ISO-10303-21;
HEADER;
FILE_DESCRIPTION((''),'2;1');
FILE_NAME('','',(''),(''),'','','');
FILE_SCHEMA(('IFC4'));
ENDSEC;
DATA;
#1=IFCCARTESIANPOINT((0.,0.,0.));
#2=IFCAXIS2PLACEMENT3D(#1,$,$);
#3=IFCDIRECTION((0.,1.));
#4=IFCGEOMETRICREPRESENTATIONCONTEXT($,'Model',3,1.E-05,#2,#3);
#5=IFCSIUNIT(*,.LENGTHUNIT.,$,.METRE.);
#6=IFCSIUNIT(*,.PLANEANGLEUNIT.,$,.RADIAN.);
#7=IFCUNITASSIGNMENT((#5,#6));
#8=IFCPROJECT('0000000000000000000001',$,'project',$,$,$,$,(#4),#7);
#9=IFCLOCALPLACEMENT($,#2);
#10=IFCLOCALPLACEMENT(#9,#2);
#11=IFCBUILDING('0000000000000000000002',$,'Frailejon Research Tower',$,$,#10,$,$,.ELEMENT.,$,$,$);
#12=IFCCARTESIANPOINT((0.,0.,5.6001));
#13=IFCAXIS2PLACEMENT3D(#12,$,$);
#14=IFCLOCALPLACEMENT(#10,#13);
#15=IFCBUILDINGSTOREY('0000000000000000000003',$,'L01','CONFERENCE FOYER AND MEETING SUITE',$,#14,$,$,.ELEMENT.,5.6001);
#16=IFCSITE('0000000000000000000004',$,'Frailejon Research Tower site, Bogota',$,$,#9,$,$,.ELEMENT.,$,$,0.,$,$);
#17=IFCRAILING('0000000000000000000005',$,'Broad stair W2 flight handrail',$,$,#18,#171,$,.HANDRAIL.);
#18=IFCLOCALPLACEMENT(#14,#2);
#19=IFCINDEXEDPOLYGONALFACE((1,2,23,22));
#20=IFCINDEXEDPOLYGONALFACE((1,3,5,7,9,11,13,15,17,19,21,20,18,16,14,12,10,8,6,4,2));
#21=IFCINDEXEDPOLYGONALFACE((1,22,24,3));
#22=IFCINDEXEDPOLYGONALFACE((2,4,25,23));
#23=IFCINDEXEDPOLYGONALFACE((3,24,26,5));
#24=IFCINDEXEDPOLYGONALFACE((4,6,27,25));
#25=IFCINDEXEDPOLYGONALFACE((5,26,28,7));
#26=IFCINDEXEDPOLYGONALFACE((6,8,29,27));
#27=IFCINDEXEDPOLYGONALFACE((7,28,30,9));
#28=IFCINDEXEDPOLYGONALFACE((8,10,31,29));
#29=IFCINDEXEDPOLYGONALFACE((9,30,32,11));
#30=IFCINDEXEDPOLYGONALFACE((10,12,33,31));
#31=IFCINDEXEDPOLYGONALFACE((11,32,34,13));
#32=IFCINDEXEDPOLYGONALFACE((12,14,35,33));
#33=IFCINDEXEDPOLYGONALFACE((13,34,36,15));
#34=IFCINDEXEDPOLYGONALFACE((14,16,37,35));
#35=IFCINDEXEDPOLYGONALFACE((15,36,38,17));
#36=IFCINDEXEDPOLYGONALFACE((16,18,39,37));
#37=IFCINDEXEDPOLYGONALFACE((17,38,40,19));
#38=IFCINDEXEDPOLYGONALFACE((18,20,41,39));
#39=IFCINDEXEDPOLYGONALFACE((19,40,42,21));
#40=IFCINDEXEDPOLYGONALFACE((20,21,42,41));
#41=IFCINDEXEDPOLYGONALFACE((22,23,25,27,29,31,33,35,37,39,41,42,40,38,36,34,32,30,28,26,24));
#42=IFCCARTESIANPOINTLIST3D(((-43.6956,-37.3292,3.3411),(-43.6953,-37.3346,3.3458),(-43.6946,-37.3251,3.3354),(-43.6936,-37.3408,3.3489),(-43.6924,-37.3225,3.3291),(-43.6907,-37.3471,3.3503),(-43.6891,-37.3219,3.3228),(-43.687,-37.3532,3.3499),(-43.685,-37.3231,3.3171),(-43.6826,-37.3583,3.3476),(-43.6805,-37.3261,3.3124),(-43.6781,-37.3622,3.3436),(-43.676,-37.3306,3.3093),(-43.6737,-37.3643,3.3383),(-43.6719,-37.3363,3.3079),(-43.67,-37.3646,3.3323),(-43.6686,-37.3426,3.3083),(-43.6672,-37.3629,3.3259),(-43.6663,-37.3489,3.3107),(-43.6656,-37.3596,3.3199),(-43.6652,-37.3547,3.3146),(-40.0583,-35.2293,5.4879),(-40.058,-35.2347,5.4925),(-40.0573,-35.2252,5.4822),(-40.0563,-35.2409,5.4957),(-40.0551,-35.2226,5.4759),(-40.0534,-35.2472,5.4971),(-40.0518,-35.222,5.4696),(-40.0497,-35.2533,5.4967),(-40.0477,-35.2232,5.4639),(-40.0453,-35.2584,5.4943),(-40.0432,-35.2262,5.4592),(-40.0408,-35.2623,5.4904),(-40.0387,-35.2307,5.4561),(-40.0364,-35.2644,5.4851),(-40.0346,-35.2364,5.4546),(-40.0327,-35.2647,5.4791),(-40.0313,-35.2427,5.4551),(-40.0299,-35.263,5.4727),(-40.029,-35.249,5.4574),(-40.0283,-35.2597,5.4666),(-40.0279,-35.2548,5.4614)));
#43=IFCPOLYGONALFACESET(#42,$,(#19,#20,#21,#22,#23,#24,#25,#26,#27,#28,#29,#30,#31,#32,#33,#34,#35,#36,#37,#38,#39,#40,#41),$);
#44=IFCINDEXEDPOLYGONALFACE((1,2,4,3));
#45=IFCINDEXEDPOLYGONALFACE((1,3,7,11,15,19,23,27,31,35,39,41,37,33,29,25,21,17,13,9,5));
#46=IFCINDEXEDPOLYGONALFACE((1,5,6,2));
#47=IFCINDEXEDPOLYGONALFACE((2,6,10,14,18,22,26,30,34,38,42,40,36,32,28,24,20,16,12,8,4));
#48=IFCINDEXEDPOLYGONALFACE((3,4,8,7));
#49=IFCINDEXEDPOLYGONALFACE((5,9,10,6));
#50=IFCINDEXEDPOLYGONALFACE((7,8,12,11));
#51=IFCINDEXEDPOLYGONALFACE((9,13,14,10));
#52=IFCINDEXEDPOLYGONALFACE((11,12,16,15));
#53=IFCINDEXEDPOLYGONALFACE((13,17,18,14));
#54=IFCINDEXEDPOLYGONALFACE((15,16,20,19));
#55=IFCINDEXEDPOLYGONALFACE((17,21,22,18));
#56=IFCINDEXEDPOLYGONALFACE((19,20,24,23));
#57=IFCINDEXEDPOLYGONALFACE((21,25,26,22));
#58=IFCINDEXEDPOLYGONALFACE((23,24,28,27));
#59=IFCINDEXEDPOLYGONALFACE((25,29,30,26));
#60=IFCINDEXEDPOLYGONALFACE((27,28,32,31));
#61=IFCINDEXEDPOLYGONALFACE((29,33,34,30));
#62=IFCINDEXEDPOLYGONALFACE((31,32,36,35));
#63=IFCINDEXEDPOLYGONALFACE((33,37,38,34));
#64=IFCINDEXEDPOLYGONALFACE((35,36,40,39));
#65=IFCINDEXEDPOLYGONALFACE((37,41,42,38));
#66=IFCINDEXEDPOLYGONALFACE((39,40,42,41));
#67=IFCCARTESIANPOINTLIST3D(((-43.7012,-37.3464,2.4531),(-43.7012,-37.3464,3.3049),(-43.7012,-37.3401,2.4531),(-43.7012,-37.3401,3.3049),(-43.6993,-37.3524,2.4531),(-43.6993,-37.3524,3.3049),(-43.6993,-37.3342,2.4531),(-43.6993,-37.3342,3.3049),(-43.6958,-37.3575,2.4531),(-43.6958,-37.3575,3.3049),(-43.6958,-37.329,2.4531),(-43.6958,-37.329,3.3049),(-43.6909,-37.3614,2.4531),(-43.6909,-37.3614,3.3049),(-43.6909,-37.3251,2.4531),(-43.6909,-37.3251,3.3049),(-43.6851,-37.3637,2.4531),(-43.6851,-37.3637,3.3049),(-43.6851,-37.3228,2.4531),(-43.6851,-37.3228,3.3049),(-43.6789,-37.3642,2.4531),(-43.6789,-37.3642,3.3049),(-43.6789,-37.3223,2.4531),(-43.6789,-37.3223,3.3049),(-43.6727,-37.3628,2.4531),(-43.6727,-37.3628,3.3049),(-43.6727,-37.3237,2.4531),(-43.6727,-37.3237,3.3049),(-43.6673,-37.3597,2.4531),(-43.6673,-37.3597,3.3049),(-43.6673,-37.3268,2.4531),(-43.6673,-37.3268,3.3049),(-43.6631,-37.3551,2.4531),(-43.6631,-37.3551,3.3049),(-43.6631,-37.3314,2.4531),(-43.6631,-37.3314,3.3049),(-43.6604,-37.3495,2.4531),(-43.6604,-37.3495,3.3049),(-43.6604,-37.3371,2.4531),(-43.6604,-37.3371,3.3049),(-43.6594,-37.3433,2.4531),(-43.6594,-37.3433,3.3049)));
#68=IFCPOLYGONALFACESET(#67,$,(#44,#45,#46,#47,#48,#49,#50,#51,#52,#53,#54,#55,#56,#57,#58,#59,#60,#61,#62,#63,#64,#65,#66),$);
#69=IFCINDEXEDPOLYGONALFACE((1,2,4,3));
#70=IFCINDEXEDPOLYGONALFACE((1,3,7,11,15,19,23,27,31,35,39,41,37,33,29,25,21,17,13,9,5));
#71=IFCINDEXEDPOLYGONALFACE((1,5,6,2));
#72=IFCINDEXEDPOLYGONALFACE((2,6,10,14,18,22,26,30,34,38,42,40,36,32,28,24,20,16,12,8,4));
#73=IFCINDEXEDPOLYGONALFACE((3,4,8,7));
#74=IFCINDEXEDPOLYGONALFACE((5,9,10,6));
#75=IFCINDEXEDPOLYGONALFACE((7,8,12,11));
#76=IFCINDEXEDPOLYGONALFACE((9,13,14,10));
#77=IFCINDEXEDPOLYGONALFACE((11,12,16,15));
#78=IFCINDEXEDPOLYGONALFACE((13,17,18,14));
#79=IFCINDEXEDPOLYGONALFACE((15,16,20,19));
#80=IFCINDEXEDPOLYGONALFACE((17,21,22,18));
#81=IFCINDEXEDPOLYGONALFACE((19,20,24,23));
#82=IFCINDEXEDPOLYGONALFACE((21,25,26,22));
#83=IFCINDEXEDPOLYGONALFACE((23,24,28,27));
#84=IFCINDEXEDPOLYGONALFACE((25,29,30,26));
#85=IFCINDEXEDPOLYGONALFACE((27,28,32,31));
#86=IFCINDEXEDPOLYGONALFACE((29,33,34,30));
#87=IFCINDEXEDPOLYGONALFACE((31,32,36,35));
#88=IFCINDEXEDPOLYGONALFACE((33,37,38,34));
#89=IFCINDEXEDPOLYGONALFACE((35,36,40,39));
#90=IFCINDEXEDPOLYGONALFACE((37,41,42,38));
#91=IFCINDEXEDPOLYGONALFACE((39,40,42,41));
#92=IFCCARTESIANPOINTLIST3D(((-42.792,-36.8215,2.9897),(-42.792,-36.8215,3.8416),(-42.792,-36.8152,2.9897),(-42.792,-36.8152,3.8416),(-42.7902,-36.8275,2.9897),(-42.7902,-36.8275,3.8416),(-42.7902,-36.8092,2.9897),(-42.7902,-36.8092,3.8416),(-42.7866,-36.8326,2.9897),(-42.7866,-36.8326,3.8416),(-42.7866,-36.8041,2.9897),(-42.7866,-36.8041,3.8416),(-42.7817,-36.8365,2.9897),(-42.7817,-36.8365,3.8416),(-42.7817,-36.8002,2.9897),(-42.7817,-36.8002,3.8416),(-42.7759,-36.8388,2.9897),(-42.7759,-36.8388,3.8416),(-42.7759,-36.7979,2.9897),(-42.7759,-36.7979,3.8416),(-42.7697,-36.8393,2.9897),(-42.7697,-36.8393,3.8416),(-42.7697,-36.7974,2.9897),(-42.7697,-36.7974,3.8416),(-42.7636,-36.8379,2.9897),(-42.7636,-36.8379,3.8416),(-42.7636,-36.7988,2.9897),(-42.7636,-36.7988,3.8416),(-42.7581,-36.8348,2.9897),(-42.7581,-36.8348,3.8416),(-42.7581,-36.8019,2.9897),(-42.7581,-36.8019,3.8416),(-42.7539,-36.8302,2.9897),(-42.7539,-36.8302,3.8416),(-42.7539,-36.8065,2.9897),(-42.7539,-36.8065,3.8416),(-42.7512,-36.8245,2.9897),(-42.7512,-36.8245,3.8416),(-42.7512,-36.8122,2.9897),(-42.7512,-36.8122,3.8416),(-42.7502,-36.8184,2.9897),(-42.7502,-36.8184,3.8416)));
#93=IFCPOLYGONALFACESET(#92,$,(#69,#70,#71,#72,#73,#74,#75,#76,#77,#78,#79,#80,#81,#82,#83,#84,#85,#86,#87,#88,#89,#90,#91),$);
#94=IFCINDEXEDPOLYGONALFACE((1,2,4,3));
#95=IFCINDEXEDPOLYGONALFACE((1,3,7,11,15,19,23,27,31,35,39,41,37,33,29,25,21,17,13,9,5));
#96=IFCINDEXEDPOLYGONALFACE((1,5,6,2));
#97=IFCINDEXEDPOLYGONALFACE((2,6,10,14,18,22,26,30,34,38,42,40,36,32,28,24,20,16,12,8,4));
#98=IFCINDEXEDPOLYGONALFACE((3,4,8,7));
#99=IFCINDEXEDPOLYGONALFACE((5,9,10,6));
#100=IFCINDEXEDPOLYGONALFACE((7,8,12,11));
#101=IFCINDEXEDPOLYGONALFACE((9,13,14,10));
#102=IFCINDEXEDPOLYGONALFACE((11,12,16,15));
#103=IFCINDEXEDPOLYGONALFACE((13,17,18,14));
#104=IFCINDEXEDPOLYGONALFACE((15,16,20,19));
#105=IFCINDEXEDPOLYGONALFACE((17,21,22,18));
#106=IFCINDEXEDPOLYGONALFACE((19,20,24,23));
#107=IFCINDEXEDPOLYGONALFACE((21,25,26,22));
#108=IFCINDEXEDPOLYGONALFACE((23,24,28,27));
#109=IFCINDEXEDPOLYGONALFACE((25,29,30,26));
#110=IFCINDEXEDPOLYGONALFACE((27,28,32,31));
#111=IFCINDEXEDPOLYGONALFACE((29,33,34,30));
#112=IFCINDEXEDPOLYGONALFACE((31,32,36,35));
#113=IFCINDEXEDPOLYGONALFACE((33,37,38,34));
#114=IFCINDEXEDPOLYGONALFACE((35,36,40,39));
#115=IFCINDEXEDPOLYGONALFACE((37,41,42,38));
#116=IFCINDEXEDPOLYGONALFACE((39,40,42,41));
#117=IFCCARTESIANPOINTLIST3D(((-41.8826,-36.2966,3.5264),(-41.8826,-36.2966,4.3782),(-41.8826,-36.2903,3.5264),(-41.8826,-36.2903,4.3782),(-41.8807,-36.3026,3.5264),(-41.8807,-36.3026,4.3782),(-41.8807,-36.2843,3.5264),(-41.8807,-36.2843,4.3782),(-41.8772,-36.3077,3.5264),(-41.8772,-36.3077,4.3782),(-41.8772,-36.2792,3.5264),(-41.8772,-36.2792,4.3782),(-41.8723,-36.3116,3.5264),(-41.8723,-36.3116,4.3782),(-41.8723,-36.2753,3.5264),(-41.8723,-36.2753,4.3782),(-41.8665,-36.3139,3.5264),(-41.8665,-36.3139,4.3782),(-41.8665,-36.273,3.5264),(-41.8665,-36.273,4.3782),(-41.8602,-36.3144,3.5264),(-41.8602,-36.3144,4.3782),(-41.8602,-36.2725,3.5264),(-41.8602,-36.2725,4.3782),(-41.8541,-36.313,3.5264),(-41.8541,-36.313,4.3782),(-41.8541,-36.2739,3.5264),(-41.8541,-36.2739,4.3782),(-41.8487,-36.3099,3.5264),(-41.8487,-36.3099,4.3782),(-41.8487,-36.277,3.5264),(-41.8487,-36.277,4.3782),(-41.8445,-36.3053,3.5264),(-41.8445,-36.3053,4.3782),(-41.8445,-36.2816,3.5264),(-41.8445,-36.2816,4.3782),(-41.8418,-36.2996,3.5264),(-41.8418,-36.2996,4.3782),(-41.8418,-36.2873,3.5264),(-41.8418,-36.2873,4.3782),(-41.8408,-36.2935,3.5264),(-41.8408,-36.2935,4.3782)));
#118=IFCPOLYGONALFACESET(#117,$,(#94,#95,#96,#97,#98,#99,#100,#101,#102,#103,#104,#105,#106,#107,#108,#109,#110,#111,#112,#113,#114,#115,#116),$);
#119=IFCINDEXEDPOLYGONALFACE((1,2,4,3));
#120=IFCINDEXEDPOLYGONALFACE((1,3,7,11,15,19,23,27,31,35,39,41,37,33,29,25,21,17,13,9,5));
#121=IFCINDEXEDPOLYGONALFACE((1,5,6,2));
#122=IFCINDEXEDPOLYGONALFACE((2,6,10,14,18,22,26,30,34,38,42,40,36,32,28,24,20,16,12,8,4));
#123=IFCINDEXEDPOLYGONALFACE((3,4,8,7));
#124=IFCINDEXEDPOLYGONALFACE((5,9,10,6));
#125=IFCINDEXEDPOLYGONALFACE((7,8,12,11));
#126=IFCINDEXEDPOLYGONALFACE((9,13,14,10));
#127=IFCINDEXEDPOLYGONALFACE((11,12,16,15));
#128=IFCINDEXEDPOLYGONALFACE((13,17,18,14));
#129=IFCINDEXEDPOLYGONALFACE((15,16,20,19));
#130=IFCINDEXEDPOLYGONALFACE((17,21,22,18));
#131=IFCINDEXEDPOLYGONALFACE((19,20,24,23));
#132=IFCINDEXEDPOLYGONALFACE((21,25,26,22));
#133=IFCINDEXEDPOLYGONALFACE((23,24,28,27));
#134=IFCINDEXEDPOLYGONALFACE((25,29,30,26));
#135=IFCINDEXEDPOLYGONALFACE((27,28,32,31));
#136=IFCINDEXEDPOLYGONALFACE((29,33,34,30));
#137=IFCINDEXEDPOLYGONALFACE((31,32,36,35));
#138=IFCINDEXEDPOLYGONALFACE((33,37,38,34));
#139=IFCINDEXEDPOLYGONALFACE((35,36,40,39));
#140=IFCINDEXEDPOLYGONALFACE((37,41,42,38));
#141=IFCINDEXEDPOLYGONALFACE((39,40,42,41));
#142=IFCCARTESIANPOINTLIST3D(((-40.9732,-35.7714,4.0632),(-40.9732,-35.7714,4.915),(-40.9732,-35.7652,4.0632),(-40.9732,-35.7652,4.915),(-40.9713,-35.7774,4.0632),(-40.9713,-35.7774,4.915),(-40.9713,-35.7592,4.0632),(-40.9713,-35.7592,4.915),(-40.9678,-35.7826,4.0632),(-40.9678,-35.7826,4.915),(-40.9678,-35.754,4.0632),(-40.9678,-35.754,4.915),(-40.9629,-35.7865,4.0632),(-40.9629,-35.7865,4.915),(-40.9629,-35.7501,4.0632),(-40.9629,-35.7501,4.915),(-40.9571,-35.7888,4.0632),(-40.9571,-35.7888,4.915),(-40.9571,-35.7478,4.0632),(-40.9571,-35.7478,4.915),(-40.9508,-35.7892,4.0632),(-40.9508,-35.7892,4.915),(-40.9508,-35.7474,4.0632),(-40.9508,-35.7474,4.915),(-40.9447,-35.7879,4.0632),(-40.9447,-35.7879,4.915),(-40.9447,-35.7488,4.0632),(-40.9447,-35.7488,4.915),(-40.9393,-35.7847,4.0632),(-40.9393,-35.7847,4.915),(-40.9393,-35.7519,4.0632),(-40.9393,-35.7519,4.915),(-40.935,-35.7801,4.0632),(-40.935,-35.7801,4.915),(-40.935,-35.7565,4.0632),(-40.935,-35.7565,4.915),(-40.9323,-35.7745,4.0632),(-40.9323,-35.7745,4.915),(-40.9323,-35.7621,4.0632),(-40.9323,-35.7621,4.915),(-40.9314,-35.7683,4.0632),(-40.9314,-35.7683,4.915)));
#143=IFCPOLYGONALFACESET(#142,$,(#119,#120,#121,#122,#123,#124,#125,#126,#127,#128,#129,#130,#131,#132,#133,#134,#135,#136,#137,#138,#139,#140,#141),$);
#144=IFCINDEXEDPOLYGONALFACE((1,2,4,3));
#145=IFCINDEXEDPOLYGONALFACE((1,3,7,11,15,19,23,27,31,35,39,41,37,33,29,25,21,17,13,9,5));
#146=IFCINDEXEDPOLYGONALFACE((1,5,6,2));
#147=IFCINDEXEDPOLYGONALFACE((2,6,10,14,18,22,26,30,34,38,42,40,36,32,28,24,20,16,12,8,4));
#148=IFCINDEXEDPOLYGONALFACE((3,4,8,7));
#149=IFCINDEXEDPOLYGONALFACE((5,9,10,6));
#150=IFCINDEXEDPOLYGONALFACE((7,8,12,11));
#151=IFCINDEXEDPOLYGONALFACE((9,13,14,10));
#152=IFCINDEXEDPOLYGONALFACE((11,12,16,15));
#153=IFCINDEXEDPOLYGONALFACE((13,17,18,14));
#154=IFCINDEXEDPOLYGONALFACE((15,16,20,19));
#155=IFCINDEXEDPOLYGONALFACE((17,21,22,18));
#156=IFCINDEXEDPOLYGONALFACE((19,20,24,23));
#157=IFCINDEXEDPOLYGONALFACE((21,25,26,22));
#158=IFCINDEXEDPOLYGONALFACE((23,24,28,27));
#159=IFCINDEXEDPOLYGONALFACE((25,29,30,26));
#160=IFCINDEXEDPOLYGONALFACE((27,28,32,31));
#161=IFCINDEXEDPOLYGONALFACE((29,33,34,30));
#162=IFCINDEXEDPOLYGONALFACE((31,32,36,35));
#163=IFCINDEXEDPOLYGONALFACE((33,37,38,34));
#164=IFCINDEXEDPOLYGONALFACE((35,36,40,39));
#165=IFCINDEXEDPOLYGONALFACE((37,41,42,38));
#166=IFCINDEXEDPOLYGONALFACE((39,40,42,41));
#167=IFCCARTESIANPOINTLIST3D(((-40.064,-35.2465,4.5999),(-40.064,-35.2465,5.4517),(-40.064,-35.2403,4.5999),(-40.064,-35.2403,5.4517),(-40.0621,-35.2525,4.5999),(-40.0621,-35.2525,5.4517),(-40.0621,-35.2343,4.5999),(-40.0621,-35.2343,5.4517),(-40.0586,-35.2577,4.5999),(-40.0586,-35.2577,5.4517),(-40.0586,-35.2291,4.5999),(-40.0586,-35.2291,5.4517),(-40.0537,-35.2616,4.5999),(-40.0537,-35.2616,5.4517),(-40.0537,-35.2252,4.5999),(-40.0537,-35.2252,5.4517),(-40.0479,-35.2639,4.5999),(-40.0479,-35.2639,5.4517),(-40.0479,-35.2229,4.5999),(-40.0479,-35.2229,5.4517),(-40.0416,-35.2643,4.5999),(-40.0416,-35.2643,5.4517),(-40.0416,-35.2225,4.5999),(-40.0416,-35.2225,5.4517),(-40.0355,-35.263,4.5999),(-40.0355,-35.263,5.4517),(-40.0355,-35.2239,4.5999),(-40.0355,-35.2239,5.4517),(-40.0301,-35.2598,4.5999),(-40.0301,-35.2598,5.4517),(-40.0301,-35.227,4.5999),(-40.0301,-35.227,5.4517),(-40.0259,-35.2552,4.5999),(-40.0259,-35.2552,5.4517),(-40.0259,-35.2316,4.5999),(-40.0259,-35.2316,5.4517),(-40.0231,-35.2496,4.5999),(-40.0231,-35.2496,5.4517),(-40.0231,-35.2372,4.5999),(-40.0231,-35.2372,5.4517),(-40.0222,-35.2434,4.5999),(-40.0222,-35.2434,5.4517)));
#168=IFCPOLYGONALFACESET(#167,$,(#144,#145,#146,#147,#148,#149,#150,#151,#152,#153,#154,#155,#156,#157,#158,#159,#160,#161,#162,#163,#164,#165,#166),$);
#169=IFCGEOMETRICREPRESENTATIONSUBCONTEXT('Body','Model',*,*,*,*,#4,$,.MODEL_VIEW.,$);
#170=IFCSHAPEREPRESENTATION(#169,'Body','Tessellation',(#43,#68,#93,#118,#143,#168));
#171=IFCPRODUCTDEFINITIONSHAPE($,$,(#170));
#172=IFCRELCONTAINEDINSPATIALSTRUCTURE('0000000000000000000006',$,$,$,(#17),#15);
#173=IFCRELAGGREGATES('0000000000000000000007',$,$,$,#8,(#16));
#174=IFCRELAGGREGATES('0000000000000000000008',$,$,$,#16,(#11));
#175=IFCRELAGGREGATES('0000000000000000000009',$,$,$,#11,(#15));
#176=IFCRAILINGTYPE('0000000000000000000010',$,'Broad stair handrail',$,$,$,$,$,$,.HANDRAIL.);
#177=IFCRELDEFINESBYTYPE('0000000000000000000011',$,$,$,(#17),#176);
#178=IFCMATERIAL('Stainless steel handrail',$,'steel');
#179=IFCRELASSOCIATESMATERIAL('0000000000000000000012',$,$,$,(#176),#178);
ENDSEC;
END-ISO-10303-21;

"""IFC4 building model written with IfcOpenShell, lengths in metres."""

from ifc_helpers import new_model, si_unit, direction, frame, origin, origin_2d, place, context, subcontext, project, spatial, circle, extrude, material, type_object, element, save


model = new_model("IFC4")

# Units and contexts
model_context = context("Model", 3, precision=1e-05, world=origin(), true_north=direction((0.0, 1.0)))
body_context = subcontext(model_context, "Body", "Model", "MODEL_VIEW")
ifc_project = project(units=[si_unit("LENGTHUNIT", "METRE"), si_unit("PLANEANGLEUNIT", "RADIAN")], contexts=[model_context])

# Site, building, storey
site_placement = place(None, origin())
site = spatial("IfcSite", under=ifc_project, at=site_placement, Name="Frailejon Research Tower site, Bogota", CompositionType="ELEMENT", RefElevation=0.0)
building_placement = place(site_placement, origin())
building = spatial("IfcBuilding", under=site, at=building_placement, Name="Frailejon Research Tower", CompositionType="ELEMENT")
storey_placement = place(building_placement, frame((0.0, 0.0, 5.6001)))
storey = spatial("IfcBuildingStorey", under=building, at=storey_placement, Name="L01", Description="CONFERENCE FOYER AND MEETING SUITE", CompositionType="ELEMENT", Elevation=5.6001)

# Railing
ifc_material_1 = material(Name="Stainless steel handrail", Category="steel")
railing_type_1 = type_object("IfcRailingType", Name="Broad stair handrail", PredefinedType="HANDRAIL", material=ifc_material_1)
for number, where, name in (
    (1, (-43.6804, -37.3433, 2.4531), "Broad stair W2 flight handrail"),
):
    element("IfcRailing", number, at=place(storey_placement, frame(where)), inside=storey, type_object=railing_type_1, Name=name, PredefinedType="HANDRAIL", context=body_context, shape_type="SweptSolid", body=[
        extrude(circle(Radius=0.0239, at=origin_2d()), frame((0.0, 0.0, 0.876), z_axis=(0.771137, 0.445197, 0.455135), x_axis=(-0.499984, 0.866035, 0.0)), (0.0, 0.0, 1.0), 4.7168),
        extrude(circle(Radius=0.021, at=origin_2d()), origin(), (0.0, 0.0, 1.0), 0.8518),
        extrude(circle(Radius=0.021, at=origin_2d()), frame((0.9092, 0.5249, 0.5366)), (0.0, 0.0, 1.0), 0.8518),
        extrude(circle(Radius=0.021, at=origin_2d()), frame((1.8186, 1.0498, 1.0732)), (0.0, 0.0, 1.0), 0.8518),
        extrude(circle(Radius=0.021, at=origin_2d()), frame((2.728, 1.575, 1.6101)), (0.0, 0.0, 1.0), 0.8518),
        extrude(circle(Radius=0.021, at=origin_2d()), frame((3.6372, 2.0999, 2.1467)), (0.0, 0.0, 1.0), 0.8518),
    ])

save(model, "model.ifc")
